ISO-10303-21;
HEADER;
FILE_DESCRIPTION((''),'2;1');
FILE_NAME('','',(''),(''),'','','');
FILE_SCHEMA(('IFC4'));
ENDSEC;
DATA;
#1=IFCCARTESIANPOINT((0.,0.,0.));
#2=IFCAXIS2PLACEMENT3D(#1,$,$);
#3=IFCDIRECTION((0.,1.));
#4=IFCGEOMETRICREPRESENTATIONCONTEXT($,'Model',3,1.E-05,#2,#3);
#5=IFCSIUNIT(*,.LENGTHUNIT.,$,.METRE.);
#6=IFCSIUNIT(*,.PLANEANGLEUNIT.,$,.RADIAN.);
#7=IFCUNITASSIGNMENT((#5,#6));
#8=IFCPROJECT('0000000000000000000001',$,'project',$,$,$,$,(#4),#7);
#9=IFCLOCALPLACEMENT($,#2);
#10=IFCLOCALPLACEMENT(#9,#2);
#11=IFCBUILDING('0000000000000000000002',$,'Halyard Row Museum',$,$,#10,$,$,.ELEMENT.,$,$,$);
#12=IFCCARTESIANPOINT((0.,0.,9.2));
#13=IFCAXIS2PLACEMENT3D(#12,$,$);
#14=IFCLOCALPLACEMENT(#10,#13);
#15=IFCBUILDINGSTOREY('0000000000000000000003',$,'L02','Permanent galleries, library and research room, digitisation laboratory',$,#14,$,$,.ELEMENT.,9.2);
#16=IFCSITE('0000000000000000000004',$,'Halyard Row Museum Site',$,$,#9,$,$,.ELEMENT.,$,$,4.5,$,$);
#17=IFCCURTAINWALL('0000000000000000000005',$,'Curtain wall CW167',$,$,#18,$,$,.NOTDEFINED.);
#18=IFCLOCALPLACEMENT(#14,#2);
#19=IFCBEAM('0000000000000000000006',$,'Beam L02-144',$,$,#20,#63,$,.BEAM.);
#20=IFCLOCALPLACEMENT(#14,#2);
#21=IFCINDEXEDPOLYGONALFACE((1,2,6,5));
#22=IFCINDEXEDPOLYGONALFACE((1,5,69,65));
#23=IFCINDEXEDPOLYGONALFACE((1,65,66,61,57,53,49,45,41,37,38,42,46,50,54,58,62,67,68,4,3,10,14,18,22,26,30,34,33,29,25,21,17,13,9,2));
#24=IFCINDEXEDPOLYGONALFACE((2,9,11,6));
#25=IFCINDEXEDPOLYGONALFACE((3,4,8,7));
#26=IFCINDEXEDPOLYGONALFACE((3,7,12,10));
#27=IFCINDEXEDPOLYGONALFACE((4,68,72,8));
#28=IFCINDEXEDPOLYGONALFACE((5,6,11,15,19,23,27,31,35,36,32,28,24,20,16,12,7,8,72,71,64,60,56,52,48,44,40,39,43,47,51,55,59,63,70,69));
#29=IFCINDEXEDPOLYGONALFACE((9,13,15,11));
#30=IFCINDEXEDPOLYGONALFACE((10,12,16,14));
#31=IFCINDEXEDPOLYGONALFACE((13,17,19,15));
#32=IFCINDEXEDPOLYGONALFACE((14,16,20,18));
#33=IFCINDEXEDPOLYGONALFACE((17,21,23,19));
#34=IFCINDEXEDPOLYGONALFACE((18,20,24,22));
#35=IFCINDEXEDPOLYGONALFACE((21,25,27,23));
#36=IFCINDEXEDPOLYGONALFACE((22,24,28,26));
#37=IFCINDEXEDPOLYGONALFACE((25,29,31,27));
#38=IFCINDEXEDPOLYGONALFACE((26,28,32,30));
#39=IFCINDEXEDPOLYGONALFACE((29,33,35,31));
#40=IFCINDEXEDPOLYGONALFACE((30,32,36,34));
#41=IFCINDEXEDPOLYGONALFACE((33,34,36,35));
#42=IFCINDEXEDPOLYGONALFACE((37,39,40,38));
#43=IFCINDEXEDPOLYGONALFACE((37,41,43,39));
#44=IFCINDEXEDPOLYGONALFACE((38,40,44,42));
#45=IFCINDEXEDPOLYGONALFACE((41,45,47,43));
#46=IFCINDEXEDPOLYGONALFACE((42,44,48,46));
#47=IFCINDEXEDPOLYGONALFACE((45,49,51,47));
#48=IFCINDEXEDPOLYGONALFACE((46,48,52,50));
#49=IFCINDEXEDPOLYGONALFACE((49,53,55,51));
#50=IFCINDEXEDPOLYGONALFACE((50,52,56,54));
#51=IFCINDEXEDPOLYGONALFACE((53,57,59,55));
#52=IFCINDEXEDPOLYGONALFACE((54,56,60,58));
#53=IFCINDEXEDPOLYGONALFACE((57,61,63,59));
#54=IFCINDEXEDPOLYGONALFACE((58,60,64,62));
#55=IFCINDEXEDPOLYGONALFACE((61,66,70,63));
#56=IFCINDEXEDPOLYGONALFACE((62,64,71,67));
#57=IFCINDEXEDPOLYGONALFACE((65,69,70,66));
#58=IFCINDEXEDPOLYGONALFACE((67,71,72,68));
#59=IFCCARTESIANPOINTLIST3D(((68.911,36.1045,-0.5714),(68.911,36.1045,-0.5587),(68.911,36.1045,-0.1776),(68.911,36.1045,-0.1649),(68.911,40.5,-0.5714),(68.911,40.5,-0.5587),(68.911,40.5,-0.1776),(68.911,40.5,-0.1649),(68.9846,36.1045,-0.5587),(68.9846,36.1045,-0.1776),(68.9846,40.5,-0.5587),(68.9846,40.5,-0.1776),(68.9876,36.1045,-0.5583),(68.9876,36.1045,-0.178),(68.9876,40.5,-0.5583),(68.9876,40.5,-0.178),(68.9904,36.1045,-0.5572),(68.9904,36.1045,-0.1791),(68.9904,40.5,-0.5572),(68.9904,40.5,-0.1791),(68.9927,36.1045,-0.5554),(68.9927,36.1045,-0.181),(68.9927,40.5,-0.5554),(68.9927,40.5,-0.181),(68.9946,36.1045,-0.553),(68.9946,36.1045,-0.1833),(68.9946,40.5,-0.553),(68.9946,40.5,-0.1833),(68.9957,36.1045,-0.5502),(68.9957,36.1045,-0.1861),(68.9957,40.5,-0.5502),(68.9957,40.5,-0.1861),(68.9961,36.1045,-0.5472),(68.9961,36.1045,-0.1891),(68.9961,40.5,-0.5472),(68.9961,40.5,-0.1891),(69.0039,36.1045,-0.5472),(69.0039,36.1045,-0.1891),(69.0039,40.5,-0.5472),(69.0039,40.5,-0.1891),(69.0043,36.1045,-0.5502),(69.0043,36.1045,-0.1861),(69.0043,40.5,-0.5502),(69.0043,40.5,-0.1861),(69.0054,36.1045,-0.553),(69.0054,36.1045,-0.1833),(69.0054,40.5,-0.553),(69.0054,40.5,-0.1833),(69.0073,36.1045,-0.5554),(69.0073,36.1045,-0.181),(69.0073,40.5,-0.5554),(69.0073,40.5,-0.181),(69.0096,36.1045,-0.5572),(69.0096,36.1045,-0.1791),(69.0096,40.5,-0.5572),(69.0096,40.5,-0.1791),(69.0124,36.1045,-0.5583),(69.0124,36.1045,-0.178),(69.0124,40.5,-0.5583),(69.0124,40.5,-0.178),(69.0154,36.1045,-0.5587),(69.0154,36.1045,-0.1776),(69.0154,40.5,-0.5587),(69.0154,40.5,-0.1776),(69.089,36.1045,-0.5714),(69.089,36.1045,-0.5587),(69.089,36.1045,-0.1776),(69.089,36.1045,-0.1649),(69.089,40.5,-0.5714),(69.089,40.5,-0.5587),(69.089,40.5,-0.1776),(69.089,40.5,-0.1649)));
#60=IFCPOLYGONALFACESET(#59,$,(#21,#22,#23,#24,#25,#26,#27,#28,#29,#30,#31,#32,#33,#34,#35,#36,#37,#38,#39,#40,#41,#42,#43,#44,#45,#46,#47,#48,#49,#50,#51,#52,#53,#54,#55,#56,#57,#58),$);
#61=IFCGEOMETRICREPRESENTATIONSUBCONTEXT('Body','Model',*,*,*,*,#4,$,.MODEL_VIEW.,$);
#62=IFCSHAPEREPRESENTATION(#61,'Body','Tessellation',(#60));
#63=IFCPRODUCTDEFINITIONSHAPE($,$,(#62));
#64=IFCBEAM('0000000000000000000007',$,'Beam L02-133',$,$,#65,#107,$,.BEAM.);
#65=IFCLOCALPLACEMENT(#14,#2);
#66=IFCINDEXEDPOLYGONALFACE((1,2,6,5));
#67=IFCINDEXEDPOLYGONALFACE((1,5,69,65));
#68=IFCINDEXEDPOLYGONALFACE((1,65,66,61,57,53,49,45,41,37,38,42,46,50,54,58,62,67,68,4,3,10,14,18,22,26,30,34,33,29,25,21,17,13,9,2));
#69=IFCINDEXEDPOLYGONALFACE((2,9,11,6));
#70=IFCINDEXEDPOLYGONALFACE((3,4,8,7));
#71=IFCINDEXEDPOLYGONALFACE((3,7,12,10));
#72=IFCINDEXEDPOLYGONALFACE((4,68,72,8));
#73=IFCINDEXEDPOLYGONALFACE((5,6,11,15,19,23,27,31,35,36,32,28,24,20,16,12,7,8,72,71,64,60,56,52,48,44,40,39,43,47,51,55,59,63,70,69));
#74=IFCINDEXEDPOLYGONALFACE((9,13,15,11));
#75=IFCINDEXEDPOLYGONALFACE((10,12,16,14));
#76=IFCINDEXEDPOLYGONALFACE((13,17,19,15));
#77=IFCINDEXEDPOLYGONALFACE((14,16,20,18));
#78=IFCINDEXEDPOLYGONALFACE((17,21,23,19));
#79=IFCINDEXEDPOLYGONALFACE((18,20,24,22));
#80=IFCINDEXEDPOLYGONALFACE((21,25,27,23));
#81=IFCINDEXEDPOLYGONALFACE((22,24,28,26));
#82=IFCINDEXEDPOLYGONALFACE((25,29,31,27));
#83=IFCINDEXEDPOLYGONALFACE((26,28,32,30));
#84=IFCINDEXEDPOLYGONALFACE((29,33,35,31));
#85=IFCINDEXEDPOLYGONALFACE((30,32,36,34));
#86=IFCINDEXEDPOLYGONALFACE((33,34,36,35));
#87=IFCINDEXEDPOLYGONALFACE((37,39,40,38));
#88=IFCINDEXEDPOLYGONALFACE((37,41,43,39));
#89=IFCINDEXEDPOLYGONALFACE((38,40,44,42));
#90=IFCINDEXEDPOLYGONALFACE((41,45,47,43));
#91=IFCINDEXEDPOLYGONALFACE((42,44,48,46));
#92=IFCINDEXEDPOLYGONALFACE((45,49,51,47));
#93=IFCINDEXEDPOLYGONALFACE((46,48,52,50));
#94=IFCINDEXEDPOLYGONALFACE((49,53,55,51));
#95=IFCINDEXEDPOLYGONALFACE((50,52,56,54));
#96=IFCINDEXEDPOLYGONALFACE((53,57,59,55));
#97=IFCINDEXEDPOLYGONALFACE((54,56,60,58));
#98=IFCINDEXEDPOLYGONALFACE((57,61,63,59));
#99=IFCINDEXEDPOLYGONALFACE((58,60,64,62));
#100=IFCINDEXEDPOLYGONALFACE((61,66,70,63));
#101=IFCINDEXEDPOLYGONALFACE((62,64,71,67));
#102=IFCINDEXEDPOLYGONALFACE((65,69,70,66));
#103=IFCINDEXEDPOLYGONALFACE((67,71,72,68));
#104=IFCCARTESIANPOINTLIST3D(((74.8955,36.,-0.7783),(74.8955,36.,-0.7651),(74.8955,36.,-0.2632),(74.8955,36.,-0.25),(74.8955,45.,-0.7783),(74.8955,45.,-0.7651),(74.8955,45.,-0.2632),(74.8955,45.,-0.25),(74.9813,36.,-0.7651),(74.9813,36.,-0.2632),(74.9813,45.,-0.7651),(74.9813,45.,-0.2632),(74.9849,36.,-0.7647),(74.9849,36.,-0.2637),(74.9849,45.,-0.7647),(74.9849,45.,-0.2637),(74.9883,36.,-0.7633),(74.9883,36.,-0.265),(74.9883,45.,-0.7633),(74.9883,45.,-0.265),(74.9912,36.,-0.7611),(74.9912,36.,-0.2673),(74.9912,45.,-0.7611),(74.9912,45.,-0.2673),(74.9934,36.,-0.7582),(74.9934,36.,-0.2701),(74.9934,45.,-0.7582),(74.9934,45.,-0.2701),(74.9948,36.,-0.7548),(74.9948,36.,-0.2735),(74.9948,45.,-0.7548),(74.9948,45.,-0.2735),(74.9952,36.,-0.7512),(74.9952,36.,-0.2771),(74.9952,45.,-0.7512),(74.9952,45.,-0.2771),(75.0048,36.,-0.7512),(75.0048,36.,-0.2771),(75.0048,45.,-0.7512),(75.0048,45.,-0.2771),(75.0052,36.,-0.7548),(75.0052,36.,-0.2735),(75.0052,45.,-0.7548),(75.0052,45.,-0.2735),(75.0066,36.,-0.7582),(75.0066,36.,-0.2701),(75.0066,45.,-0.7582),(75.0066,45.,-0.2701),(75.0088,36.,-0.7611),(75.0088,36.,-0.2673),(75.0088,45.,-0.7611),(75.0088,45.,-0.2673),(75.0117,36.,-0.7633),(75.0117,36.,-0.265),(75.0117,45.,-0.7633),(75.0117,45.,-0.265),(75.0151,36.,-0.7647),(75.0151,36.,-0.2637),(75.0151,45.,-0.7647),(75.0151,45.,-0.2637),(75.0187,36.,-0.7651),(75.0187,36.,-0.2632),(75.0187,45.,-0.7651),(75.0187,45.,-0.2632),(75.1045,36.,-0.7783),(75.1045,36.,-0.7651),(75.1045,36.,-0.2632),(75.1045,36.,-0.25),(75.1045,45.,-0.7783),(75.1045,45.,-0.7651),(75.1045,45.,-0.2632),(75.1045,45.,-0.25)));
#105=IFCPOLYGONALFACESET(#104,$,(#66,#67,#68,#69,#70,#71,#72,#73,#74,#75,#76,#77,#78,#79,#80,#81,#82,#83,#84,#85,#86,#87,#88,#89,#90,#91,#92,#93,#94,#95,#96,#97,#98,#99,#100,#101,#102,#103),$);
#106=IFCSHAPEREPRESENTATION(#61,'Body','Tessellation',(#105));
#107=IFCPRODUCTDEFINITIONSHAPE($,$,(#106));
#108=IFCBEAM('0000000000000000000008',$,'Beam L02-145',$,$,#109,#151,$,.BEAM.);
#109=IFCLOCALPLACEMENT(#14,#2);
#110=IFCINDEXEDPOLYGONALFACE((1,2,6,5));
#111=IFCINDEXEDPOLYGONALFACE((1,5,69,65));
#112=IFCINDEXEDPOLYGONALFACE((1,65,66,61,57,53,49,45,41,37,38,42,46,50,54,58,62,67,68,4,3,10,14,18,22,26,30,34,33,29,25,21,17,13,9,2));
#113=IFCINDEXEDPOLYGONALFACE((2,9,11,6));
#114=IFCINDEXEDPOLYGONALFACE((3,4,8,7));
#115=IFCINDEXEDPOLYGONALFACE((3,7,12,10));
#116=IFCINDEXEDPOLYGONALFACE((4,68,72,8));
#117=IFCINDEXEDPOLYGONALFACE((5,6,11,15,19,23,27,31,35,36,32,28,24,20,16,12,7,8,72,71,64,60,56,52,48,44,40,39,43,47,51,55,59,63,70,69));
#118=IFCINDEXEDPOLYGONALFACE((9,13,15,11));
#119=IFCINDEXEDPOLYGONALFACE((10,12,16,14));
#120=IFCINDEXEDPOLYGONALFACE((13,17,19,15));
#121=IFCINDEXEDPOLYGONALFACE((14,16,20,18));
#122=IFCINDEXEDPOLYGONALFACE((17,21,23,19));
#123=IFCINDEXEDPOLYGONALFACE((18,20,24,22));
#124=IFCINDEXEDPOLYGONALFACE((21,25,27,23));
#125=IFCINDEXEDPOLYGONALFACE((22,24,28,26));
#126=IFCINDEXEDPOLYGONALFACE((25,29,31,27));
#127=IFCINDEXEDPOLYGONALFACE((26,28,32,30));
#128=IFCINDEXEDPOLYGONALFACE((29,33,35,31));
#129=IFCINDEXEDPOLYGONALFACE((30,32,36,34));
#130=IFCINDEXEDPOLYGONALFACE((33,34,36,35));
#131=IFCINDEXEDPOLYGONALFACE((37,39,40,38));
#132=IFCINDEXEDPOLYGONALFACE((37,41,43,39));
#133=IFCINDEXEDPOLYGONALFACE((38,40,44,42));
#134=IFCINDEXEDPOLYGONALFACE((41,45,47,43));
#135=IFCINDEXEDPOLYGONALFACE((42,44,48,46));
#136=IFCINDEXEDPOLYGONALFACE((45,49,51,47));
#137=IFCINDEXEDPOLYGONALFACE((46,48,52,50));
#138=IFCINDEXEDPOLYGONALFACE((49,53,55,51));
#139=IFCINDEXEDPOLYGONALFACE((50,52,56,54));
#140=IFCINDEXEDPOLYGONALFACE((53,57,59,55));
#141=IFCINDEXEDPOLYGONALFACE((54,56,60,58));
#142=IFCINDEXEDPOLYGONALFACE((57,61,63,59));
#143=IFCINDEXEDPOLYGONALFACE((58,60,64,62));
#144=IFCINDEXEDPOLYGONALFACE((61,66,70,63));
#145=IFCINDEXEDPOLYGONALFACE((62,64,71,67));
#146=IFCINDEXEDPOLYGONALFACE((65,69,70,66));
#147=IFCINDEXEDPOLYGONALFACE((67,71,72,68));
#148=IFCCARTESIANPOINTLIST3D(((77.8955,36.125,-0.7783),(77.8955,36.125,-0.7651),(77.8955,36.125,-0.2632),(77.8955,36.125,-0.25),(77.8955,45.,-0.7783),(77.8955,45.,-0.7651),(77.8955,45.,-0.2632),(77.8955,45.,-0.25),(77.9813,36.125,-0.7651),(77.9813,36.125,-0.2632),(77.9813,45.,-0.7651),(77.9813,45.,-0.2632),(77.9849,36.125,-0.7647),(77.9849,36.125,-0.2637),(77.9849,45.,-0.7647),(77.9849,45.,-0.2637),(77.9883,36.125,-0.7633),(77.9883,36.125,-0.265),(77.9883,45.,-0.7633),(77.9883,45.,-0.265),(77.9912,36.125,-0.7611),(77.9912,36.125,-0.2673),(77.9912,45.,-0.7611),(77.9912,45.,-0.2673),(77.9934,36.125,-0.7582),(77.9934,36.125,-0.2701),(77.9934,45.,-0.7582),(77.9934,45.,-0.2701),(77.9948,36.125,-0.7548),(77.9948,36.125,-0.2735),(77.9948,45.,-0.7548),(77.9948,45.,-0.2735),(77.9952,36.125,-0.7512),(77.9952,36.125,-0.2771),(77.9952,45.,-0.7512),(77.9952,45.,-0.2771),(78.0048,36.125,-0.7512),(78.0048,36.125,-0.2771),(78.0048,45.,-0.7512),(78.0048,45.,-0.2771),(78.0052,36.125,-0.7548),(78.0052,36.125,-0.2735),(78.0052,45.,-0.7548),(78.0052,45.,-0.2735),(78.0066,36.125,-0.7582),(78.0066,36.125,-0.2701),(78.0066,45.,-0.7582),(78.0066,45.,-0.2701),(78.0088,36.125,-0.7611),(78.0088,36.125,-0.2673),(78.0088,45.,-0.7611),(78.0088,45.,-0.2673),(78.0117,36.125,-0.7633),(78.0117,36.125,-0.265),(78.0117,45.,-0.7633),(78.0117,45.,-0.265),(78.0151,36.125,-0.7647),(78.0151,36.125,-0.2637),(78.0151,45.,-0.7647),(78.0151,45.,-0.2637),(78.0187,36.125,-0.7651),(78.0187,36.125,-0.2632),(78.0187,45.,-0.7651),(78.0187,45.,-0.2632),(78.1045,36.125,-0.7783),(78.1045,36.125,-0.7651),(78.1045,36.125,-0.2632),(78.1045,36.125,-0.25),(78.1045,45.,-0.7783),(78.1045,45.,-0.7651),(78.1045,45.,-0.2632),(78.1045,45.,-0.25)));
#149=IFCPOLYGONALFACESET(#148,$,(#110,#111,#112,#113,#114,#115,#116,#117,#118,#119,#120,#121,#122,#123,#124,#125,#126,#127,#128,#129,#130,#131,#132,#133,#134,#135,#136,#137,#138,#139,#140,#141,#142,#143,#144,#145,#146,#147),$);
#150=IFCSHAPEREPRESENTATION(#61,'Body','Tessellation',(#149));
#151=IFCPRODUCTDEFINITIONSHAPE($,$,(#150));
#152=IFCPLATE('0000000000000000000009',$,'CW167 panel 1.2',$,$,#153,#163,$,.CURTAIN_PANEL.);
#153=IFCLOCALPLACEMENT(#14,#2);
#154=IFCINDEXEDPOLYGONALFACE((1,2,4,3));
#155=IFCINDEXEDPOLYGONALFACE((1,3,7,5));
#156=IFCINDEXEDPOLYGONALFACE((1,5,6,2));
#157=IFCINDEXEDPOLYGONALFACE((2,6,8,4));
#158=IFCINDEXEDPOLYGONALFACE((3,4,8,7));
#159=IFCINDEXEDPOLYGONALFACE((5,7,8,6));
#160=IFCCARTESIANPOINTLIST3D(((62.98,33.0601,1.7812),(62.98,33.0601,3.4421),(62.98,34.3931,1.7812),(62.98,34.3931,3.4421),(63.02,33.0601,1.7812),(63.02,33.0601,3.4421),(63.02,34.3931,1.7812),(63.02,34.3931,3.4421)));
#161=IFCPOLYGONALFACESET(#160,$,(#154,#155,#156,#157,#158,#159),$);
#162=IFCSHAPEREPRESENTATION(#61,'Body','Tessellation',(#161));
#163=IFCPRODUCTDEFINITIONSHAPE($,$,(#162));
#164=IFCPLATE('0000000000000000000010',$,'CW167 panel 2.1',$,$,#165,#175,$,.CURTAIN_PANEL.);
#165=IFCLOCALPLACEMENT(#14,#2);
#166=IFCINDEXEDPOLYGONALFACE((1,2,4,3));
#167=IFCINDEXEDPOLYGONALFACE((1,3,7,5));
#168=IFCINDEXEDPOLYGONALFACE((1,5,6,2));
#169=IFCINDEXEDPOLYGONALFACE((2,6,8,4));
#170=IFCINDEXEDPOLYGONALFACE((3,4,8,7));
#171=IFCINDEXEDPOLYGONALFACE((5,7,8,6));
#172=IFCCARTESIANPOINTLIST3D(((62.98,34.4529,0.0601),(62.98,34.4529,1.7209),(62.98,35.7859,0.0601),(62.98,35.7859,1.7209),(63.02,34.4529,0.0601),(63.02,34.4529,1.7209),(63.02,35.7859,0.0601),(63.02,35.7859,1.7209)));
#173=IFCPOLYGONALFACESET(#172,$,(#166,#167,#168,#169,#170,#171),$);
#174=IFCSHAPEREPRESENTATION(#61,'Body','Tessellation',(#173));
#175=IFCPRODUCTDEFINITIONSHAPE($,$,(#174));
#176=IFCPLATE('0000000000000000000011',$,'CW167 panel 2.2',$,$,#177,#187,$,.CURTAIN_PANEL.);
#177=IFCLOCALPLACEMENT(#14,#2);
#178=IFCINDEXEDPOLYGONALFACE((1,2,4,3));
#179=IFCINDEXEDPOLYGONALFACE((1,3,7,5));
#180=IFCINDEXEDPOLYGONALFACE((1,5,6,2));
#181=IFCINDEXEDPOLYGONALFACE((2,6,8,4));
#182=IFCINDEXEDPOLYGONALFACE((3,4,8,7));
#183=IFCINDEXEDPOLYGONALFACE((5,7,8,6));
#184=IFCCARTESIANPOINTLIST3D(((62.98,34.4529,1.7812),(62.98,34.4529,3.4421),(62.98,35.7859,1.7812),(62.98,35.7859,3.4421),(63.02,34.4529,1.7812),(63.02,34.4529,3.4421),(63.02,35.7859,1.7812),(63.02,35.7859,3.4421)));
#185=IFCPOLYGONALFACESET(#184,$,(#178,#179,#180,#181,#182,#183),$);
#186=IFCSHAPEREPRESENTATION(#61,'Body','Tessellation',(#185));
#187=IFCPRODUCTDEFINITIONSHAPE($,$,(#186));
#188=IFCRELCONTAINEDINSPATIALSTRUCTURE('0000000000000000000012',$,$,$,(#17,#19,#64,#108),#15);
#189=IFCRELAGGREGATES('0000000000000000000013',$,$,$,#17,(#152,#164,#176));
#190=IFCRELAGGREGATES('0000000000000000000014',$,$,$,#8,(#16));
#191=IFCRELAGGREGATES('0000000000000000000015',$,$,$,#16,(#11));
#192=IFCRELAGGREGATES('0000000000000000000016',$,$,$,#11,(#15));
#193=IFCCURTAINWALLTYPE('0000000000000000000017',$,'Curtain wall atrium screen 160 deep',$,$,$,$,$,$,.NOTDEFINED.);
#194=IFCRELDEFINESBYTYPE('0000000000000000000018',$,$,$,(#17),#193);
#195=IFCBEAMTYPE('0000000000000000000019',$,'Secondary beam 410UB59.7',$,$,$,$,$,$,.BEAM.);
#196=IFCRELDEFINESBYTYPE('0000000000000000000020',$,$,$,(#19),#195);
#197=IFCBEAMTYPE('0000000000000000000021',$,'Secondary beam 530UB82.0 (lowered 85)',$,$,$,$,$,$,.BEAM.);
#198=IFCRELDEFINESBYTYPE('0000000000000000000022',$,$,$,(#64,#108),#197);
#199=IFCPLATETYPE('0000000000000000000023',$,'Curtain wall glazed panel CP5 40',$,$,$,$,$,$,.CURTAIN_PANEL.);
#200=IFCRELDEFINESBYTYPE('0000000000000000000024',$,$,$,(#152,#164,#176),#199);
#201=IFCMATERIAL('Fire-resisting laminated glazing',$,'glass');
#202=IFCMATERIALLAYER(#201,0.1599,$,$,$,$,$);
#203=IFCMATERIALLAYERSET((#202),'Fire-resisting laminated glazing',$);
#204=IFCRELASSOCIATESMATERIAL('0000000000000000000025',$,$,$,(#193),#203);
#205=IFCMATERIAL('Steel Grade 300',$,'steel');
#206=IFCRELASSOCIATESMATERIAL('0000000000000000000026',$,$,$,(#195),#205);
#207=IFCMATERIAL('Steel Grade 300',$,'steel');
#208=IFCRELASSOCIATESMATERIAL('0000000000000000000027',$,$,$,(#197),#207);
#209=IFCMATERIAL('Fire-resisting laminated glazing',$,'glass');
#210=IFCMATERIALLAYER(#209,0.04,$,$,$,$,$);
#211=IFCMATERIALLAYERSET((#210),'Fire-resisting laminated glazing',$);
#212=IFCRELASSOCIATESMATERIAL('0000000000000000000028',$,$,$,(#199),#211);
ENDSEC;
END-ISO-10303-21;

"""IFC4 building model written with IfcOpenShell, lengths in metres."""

from ifc_helpers import new_model, si_unit, direction, frame, origin, origin_2d, place, context, subcontext, project, spatial, rectangle, i_section, extrude, material, layer, layer_set, material_profile, profile_set, type_object, element, aggregate, save


model = new_model("IFC4")

# Units and contexts
model_context = context("Model", 3, precision=1e-05, world=origin(), true_north=direction((0.0, 1.0)))
body_context = subcontext(model_context, "Body", "Model", "MODEL_VIEW")
ifc_project = project(units=[si_unit("LENGTHUNIT", "METRE"), si_unit("PLANEANGLEUNIT", "RADIAN")], contexts=[model_context])

# Site, building, storey
site_placement = place(None, origin())
site = spatial("IfcSite", under=ifc_project, at=site_placement, Name="Halyard Row Museum Site", CompositionType="ELEMENT", RefElevation=4.5)
building_placement = place(site_placement, origin())
building = spatial("IfcBuilding", under=site, at=building_placement, Name="Halyard Row Museum", CompositionType="ELEMENT")
storey_placement = place(building_placement, frame((0.0, 0.0, 9.2)))
storey = spatial("IfcBuildingStorey", under=building, at=storey_placement, Name="L02", Description="Permanent galleries, library and research room, digitisation laboratory", CompositionType="ELEMENT", Elevation=9.2)

# Curtain wall
ifc_material_1 = material(Name="Fire-resisting laminated glazing", Category="glass")
ifc_layer_1 = layer(ifc_material_1, 0.1599)
ifc_layer_set_1 = layer_set([ifc_layer_1], Name="Fire-resisting laminated glazing")
curtain_wall_type = type_object("IfcCurtainWallType", Name="Curtain wall atrium screen 160 deep", PredefinedType="NOTDEFINED", material=ifc_layer_set_1)
curtain_wall_placement = place(storey_placement, origin())
curtain_wall = element("IfcCurtainWall", 1, at=curtain_wall_placement, inside=storey, type_object=curtain_wall_type, Name="Curtain wall CW167", PredefinedType="NOTDEFINED")

# Beams
ifc_material_2 = material(Name="Steel Grade 300", Category="steel")
ifc_material_profile_1 = material_profile(ifc_material_2, i_section(OverallWidth=0.178, OverallDepth=0.4065, WebThickness=0.0078, FlangeThickness=0.0127, FilletRadius=0.0115, at=origin_2d()), Name="410UB59.7")
ifc_profile_set_1 = profile_set([ifc_material_profile_1], Name="Steel Grade 300")
beam_type_1 = type_object("IfcBeamType", Name="Secondary beam 410UB59.7", PredefinedType="BEAM", material=ifc_profile_set_1)
for number, where, z_axis, x_axis, name in (
    (2, (69.0, 36.1045, -0.3682), (0.0, 1.0, 0.0), (-1.0, 0.0, 0.0), "Beam L02-144"),
):
    element("IfcBeam", number, at=place(storey_placement, frame(where, z_axis=z_axis, x_axis=x_axis)), inside=storey, type_object=beam_type_1, Name=name, PredefinedType="BEAM", context=body_context, shape_type="SweptSolid", body=[
        extrude(i_section(OverallWidth=0.178, OverallDepth=0.4065, WebThickness=0.0078, FlangeThickness=0.0127, FilletRadius=0.0115, at=origin_2d()), origin(), (0.0, 0.0, 1.0), 4.3955),
    ])
ifc_material_3 = material(Name="Steel Grade 300", Category="steel")
ifc_material_profile_2 = material_profile(ifc_material_3, i_section(OverallWidth=0.209, OverallDepth=0.5283, WebThickness=0.0095, FlangeThickness=0.0132, FilletRadius=0.0139, at=origin_2d()), Name="530UB82.0")
ifc_profile_set_2 = profile_set([ifc_material_profile_2], Name="Steel Grade 300")
beam_type_2 = type_object("IfcBeamType", Name="Secondary beam 530UB82.0 (lowered 85)", PredefinedType="BEAM", material=ifc_profile_set_2)
beam_1_placement = place(storey_placement, frame((75.0, 36.0, -0.5142), z_axis=(0.0, 1.0, 0.0), x_axis=(-1.0, 0.0, 0.0)))
element("IfcBeam", 3, at=beam_1_placement, inside=storey, type_object=beam_type_2, Name="Beam L02-133", PredefinedType="BEAM", context=body_context, shape_type="SweptSolid", body=[
    extrude(i_section(OverallWidth=0.209, OverallDepth=0.5283, WebThickness=0.0095, FlangeThickness=0.0132, FilletRadius=0.0139, at=origin_2d()), origin(), (0.0, 0.0, 1.0), 9.0),
])
beam_2_placement = place(storey_placement, frame((78.0, 36.125, -0.5142), z_axis=(0.0, 1.0, 0.0), x_axis=(-1.0, 0.0, 0.0)))
element("IfcBeam", 4, at=beam_2_placement, inside=storey, type_object=beam_type_2, Name="Beam L02-145", PredefinedType="BEAM", context=body_context, shape_type="SweptSolid", body=[
    extrude(i_section(OverallWidth=0.209, OverallDepth=0.5283, WebThickness=0.0095, FlangeThickness=0.0132, FilletRadius=0.0139, at=origin_2d()), origin(), (0.0, 0.0, 1.0), 8.875),
])

# Plates
ifc_material_4 = material(Name="Fire-resisting laminated glazing", Category="glass")
ifc_layer_2 = layer(ifc_material_4, 0.04)
ifc_layer_set_2 = layer_set([ifc_layer_2], Name="Fire-resisting laminated glazing")
plate_type = type_object("IfcPlateType", Name="Curtain wall glazed panel CP5 40", PredefinedType="CURTAIN_PANEL", material=ifc_layer_set_2)
plate_1_placement = place(storey_placement, frame((63.0, 33.7266, 1.7812), z_axis=(0.0, 0.0, 1.0), x_axis=(0.0, 1.0, 0.0)))
plate_1 = element("IfcPlate", 5, at=plate_1_placement, type_object=plate_type, Name="CW167 panel 1.2", PredefinedType="CURTAIN_PANEL", context=body_context, shape_type="SweptSolid", body=[
    extrude(rectangle(XDim=1.333, YDim=0.04, at=origin_2d()), origin(), (0.0, 0.0, 1.0), 1.6609),
])
plate_2_placement = place(storey_placement, frame((63.0, 35.1194, 0.0601), z_axis=(0.0, 0.0, 1.0), x_axis=(0.0, 1.0, 0.0)))
plate_2 = element("IfcPlate", 6, at=plate_2_placement, type_object=plate_type, Name="CW167 panel 2.1", PredefinedType="CURTAIN_PANEL", context=body_context, shape_type="SweptSolid", body=[
    extrude(rectangle(XDim=1.333, YDim=0.04, at=origin_2d()), origin(), (0.0, 0.0, 1.0), 1.6609),
])
plate_3_placement = place(storey_placement, frame((63.0, 35.1194, 1.7812), z_axis=(0.0, 0.0, 1.0), x_axis=(0.0, 1.0, 0.0)))
plate_3 = element("IfcPlate", 7, at=plate_3_placement, type_object=plate_type, Name="CW167 panel 2.2", PredefinedType="CURTAIN_PANEL", context=body_context, shape_type="SweptSolid", body=[
    extrude(rectangle(XDim=1.333, YDim=0.04, at=origin_2d()), origin(), (0.0, 0.0, 1.0), 1.6609),
])
aggregate(curtain_wall, [plate_1, plate_2, plate_3])

save(model, "model.ifc")
